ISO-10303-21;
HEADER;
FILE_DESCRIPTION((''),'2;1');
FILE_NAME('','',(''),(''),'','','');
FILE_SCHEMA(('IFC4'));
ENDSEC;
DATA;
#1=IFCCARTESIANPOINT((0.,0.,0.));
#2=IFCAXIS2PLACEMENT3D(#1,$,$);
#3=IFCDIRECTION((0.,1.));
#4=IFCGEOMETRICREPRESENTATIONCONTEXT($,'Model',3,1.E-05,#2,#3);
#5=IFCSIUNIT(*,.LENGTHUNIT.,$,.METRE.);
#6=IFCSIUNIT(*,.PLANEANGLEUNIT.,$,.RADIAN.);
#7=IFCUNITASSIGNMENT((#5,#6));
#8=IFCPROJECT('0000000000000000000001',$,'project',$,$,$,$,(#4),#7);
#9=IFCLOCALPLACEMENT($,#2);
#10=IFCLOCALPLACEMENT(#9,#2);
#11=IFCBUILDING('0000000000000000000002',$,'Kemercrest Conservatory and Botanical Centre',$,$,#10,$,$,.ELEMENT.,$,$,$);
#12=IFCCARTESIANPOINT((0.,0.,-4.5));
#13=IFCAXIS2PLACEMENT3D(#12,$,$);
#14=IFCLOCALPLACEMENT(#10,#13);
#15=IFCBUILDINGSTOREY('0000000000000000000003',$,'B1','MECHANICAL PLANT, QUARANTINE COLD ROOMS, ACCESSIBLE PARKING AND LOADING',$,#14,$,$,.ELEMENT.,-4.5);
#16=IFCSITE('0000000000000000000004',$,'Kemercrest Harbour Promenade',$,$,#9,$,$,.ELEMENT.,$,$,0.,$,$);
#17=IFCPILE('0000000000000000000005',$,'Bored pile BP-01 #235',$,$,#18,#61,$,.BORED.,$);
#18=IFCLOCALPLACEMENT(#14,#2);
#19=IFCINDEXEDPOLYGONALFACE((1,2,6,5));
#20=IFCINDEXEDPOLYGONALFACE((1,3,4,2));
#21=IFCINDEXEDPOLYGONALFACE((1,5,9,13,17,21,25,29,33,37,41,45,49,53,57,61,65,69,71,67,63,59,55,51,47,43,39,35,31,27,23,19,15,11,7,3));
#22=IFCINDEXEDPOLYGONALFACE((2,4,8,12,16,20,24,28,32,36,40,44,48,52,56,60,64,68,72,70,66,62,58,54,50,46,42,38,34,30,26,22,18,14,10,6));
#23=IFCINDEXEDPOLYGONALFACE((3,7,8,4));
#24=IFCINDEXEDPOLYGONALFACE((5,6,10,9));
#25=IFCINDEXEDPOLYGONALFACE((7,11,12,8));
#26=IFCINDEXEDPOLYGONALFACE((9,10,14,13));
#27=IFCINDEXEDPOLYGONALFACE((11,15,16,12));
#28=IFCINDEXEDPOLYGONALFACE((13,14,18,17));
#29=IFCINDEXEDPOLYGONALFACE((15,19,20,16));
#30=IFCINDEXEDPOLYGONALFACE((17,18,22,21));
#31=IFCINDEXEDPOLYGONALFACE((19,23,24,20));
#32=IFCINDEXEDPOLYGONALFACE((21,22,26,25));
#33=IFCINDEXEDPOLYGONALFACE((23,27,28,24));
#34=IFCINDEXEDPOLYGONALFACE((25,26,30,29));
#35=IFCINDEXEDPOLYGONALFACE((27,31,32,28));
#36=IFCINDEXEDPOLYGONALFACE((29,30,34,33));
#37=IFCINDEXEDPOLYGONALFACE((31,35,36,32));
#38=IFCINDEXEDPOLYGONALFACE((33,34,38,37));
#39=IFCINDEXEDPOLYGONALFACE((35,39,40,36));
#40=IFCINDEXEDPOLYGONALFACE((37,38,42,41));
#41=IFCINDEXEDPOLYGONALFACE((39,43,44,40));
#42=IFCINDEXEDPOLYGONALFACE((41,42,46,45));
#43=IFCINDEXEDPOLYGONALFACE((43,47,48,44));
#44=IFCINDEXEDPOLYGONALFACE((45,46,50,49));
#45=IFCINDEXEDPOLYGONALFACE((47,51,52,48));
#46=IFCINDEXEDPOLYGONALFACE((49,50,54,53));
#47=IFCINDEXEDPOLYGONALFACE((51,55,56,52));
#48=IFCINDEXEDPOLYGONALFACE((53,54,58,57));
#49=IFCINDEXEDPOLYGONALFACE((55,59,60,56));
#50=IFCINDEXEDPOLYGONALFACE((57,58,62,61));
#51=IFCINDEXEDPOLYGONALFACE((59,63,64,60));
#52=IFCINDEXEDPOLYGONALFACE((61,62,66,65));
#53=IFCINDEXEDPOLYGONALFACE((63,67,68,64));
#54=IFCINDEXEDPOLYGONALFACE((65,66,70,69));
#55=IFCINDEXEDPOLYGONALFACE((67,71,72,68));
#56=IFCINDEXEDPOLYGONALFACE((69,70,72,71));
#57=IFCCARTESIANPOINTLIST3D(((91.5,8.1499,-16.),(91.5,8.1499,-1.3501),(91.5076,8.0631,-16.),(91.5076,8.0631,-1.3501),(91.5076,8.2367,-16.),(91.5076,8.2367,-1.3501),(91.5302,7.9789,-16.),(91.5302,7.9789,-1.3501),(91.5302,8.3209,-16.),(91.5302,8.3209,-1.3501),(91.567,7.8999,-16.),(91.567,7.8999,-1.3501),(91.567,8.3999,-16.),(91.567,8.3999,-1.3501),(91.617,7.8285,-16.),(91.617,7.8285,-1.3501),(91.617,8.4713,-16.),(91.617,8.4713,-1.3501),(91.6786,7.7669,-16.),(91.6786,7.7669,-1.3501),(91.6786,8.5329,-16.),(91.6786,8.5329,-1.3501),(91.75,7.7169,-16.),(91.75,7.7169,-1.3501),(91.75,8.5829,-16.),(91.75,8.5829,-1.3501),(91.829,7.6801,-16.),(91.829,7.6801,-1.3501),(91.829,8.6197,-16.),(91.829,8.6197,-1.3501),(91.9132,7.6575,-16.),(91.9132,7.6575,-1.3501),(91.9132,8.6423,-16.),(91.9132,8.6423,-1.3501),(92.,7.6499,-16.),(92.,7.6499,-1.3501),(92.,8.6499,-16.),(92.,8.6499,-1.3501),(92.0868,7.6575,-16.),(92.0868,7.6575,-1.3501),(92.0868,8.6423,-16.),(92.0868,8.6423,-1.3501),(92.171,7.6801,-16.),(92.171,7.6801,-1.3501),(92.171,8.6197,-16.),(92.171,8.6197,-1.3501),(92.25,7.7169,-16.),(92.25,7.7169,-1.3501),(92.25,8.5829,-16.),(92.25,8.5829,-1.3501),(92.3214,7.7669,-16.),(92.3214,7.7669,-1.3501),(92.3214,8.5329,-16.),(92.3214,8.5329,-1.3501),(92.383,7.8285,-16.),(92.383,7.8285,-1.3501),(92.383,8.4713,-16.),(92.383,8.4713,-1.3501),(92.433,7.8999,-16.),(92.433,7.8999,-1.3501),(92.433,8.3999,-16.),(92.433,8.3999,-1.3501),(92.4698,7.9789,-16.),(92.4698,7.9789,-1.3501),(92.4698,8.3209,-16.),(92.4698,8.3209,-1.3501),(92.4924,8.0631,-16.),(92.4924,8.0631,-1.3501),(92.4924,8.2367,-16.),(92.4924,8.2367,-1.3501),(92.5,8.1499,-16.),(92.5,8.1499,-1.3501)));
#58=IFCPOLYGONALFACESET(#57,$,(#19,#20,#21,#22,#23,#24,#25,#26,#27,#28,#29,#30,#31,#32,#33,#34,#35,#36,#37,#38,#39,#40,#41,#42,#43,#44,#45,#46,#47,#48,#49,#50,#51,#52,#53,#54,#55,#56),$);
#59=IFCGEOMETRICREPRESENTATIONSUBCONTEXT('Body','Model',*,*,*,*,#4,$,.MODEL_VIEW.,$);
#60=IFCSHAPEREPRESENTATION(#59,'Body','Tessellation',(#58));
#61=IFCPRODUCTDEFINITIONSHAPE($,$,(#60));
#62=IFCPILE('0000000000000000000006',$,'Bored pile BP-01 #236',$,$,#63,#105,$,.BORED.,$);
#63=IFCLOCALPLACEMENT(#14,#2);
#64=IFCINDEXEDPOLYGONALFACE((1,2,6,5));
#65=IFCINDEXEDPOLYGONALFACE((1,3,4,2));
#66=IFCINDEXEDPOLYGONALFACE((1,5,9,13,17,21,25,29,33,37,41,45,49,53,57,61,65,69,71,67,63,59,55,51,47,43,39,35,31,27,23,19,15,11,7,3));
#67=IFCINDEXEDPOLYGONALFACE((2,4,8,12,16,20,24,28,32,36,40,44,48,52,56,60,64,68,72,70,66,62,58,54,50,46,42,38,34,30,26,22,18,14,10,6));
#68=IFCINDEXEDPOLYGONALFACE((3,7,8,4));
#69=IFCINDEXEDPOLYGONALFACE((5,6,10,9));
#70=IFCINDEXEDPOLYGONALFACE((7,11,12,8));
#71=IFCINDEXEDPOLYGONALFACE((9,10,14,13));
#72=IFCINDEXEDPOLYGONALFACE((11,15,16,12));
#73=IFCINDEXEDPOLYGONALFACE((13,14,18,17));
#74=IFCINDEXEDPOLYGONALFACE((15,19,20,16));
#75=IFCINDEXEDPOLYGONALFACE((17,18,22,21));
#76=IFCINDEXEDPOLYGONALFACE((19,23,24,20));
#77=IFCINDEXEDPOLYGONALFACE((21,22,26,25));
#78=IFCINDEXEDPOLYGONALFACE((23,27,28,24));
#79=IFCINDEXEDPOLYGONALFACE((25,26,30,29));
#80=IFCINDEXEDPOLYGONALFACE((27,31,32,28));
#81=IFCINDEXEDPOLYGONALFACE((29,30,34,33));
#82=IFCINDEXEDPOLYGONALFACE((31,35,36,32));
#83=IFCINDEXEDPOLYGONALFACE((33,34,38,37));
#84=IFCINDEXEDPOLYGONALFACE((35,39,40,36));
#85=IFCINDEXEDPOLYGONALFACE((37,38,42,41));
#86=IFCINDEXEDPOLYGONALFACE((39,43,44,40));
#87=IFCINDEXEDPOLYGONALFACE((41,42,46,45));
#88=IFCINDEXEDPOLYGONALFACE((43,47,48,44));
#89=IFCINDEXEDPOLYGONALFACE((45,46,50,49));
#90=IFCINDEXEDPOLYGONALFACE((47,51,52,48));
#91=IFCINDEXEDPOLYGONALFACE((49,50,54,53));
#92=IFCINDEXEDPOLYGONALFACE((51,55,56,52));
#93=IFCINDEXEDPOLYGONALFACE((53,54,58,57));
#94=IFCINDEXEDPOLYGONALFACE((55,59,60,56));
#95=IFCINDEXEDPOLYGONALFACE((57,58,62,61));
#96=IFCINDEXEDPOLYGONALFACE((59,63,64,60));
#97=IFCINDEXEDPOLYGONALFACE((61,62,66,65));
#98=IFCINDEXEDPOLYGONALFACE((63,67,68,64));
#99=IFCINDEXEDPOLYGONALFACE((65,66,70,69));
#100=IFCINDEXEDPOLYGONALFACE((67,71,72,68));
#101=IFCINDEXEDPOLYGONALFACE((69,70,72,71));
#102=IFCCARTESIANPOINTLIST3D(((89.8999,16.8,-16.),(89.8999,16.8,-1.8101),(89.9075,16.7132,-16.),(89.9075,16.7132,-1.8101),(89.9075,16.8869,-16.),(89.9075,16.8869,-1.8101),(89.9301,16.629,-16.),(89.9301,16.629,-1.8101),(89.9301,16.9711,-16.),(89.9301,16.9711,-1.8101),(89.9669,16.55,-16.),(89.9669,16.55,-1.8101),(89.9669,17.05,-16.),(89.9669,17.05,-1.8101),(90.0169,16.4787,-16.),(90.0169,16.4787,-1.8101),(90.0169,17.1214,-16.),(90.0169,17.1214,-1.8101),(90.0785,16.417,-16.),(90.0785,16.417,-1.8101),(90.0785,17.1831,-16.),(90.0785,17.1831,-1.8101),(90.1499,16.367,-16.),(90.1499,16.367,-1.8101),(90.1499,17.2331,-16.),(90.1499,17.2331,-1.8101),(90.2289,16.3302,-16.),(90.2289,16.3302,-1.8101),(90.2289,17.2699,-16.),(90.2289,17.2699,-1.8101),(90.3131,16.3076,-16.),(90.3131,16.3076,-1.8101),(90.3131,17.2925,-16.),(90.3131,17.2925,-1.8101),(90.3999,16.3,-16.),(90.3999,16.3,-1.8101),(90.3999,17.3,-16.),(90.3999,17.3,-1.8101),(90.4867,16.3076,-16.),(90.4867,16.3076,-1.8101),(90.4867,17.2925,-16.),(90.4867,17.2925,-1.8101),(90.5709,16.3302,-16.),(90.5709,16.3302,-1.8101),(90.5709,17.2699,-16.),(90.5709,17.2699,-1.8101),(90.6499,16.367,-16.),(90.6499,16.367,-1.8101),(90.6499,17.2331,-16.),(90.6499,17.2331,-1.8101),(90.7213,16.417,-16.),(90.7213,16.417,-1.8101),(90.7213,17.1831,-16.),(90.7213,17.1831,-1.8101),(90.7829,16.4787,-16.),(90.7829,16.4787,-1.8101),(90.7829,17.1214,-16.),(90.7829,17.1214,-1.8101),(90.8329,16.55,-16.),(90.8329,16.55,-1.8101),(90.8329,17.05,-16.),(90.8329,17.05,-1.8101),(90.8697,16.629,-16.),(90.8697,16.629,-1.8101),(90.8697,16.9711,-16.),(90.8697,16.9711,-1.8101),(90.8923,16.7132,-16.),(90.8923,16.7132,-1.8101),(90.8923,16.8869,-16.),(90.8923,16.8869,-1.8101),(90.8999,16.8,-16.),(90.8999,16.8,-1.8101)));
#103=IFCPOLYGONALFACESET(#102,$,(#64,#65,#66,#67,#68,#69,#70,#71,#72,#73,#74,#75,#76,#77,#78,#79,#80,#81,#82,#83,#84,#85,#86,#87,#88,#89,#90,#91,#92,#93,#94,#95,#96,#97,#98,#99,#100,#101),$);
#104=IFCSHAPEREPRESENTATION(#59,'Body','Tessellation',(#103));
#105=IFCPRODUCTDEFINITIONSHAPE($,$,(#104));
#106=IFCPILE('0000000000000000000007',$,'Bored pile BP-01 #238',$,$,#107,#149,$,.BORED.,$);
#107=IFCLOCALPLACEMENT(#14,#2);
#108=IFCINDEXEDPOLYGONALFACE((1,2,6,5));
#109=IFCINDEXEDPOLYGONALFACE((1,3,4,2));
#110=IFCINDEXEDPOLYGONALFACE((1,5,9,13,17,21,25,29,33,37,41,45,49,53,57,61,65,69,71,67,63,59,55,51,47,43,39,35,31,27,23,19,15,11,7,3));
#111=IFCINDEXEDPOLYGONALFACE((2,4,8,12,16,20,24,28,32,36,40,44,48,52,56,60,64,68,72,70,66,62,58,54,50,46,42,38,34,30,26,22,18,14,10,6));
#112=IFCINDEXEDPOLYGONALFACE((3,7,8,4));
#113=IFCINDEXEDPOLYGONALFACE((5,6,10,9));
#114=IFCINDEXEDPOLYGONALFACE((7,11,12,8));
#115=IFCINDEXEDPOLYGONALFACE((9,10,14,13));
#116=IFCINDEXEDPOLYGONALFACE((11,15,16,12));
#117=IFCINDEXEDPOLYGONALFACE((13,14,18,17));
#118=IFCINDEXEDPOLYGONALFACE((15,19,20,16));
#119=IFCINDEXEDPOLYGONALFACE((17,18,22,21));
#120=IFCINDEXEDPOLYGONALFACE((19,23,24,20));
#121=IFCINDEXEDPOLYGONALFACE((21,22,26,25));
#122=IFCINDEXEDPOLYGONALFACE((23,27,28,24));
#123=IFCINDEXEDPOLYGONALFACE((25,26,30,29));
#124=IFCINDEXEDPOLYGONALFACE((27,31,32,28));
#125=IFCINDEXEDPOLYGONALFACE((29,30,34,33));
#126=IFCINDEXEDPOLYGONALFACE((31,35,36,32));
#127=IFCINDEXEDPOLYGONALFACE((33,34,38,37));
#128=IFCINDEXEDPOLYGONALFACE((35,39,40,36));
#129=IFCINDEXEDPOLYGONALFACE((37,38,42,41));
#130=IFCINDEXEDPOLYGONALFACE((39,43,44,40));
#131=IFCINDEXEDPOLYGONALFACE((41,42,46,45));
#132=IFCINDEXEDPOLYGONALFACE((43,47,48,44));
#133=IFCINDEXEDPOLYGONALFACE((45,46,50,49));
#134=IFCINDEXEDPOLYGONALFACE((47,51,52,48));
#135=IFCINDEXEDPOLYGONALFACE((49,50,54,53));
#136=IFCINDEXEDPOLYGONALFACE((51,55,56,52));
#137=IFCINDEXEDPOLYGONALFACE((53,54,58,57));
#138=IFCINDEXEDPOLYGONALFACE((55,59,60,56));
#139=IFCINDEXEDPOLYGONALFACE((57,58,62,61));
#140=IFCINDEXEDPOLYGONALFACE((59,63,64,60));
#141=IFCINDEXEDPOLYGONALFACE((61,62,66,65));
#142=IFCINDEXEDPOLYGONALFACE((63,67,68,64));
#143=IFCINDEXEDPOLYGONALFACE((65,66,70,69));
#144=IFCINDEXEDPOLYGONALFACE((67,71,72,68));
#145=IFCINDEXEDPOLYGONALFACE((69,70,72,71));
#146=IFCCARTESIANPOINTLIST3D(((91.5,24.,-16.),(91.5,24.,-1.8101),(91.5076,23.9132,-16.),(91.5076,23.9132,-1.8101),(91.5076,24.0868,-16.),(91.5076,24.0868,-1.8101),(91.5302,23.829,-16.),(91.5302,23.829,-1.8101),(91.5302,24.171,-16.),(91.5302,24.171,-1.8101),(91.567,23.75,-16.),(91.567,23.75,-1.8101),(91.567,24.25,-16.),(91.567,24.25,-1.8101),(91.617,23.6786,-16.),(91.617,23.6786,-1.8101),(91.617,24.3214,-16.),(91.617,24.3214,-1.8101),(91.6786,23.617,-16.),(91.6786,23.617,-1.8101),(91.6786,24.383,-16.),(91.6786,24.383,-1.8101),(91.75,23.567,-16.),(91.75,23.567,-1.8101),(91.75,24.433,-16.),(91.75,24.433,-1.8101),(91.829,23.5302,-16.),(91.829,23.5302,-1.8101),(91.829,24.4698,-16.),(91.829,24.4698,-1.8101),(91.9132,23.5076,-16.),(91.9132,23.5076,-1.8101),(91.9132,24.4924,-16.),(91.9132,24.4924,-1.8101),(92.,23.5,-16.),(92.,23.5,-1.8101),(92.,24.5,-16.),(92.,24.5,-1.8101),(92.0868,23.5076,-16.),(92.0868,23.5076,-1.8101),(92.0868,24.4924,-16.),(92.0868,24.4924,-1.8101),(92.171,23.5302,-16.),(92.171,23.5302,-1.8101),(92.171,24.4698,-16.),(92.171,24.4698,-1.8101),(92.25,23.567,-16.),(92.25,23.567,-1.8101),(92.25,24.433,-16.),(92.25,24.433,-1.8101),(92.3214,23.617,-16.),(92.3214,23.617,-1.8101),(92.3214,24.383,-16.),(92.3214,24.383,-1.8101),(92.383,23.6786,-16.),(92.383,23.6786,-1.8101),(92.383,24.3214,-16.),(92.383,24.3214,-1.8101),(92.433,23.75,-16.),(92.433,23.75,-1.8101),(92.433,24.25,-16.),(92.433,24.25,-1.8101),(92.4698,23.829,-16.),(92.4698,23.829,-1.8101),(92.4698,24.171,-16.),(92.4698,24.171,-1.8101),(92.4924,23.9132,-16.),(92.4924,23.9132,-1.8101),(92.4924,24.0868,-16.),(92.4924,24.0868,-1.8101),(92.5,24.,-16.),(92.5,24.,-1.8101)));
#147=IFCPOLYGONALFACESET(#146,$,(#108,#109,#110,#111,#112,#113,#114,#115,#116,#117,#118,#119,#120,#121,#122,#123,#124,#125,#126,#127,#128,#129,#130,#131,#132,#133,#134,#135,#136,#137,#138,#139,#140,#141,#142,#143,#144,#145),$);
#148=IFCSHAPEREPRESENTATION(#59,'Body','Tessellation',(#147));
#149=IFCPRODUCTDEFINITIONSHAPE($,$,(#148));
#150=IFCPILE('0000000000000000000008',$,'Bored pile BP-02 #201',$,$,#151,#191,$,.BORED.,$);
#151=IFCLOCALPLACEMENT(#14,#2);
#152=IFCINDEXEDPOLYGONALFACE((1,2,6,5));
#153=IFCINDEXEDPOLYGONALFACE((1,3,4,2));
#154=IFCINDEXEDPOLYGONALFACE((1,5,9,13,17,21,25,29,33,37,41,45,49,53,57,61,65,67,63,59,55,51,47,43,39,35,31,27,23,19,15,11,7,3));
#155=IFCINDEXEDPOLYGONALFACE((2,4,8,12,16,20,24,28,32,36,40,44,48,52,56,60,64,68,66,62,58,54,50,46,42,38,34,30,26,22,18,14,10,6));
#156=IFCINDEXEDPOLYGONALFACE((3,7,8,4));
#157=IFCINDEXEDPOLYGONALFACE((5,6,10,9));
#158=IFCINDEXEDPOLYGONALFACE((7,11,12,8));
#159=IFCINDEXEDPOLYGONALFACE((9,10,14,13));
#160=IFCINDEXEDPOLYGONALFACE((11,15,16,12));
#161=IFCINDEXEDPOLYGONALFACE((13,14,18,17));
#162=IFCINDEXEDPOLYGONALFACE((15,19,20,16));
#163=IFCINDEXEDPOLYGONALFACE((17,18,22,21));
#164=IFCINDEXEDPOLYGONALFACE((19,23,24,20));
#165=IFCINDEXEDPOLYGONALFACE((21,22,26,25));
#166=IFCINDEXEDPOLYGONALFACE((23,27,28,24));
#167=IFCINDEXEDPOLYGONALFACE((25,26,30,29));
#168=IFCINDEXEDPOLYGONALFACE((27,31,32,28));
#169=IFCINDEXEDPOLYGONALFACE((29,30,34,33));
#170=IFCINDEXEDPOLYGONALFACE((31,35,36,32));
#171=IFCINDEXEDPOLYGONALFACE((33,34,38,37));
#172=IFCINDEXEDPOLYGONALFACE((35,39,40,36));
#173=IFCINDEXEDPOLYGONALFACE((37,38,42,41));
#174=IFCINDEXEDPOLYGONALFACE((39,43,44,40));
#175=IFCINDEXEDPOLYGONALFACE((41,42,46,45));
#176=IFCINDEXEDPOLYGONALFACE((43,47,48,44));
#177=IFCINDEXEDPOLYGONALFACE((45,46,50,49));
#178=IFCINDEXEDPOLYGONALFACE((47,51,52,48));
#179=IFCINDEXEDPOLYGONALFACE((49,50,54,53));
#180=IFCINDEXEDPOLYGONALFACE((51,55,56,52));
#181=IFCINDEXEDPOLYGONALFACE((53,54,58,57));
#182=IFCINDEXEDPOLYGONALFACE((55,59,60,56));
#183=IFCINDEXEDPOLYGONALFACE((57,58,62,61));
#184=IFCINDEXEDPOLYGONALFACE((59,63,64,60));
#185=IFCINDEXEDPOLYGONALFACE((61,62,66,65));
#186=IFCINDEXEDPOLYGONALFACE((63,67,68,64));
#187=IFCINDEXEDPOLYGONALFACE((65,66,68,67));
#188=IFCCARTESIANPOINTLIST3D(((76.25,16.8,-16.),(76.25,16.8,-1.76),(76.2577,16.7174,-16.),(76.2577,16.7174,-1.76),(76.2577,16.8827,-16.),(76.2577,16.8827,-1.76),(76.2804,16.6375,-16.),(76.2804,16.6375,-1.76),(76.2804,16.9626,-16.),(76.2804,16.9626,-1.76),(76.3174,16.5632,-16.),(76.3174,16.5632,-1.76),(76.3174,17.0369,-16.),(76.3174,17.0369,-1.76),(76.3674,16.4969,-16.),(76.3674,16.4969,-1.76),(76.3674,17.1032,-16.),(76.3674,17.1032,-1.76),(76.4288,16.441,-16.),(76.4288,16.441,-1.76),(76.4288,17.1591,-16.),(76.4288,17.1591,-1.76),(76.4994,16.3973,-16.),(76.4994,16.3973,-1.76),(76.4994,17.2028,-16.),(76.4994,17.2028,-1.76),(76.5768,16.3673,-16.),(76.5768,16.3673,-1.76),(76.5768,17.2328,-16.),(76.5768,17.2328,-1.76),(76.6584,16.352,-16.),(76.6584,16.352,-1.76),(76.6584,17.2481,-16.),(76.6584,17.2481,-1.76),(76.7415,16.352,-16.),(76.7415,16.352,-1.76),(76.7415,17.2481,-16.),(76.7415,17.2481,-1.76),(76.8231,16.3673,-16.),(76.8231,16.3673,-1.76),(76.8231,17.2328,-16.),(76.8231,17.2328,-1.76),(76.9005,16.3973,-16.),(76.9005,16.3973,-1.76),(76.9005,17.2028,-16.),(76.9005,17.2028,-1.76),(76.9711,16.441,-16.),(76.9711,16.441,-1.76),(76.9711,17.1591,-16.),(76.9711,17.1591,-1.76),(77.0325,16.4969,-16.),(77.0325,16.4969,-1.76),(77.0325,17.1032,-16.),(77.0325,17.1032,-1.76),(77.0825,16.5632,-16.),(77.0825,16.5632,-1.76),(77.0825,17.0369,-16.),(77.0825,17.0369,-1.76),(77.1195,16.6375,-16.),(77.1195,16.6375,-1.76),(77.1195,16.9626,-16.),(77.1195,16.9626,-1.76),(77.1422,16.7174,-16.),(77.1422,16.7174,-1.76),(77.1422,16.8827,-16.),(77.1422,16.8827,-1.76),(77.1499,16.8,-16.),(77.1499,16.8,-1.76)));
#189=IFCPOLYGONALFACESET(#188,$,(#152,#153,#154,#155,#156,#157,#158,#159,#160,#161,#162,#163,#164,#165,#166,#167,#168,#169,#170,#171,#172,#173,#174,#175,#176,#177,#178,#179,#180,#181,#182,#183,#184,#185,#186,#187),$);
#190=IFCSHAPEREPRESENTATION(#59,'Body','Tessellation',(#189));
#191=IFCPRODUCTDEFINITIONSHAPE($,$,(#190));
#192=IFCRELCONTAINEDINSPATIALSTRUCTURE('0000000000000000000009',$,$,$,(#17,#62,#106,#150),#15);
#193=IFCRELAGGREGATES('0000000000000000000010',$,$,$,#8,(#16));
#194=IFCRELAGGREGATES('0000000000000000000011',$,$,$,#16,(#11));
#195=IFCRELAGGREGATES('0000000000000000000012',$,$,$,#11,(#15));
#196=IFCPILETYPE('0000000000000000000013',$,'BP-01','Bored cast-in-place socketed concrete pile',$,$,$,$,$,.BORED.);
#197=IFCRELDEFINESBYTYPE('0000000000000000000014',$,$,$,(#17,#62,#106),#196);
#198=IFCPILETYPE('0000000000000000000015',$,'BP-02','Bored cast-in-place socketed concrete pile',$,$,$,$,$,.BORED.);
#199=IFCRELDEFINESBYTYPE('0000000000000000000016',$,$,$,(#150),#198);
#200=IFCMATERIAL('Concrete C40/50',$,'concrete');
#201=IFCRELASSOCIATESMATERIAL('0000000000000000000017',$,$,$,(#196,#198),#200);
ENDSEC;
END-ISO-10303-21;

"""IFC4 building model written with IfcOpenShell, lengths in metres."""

from ifc_helpers import new_model, si_unit, direction, frame, origin, origin_2d, place, context, subcontext, project, spatial, circle, extrude, material, material_profile, profile_set, type_object, element, save


model = new_model("IFC4")

# Units and contexts
model_context = context("Model", 3, precision=1e-05, world=origin(), true_north=direction((0.0, 1.0)))
body_context = subcontext(model_context, "Body", "Model", "MODEL_VIEW")
ifc_project = project(units=[si_unit("LENGTHUNIT", "METRE"), si_unit("PLANEANGLEUNIT", "RADIAN")], contexts=[model_context])

# Site, building, storey
site_placement = place(None, origin())
site = spatial("IfcSite", under=ifc_project, at=site_placement, Name="Kemercrest Harbour Promenade", CompositionType="ELEMENT", RefElevation=0.0)
building_placement = place(site_placement, origin())
building = spatial("IfcBuilding", under=site, at=building_placement, Name="Kemercrest Conservatory and Botanical Centre", CompositionType="ELEMENT")
storey_placement = place(building_placement, frame((0.0, 0.0, -4.5)))
storey = spatial("IfcBuildingStorey", under=building, at=storey_placement, Name="B1", Description="MECHANICAL PLANT, QUARANTINE COLD ROOMS, ACCESSIBLE PARKING AND LOADING", CompositionType="ELEMENT", Elevation=-4.5)

# Piles
ifc_material_1 = material(Name="Concrete C40/50", Category="concrete")
ifc_material_profile_1 = material_profile(ifc_material_1, circle(Radius=0.5, at=origin_2d()), Name="BORED PILE 1000")
ifc_profile_set_1 = profile_set([ifc_material_profile_1], Name="Concrete C40/50")
pile_type_1 = type_object("IfcPileType", Name="BP-01", Description="Bored cast-in-place socketed concrete pile", PredefinedType="BORED", material=ifc_profile_set_1)
pile_placement = place(storey_placement, frame((92.0, 8.1499, -1.3501), z_axis=(0.0, 0.0, -1.0), x_axis=(1.0, 0.0, 0.0)))
element("IfcPile", 1, at=pile_placement, inside=storey, type_object=pile_type_1, Name="Bored pile BP-01 #235", PredefinedType="BORED", context=body_context, shape_type="SweptSolid", body=[
    extrude(circle(Radius=0.5, at=origin_2d()), origin(), (0.0, 0.0, 1.0), 14.6499),
])
for number, where, z_axis, x_axis, name in (
    (2, (90.3999, 16.8, -1.8101), (0.0, 0.0, -1.0), (1.0, 0.0, 0.0), "Bored pile BP-01 #236"),
    (3, (92.0, 24.0, -1.8101), (0.0, 0.0, -1.0), (1.0, 0.0, 0.0), "Bored pile BP-01 #238"),
):
    element("IfcPile", number, at=place(storey_placement, frame(where, z_axis=z_axis, x_axis=x_axis)), inside=storey, type_object=pile_type_1, Name=name, PredefinedType="BORED", context=body_context, shape_type="SweptSolid", body=[
        extrude(circle(Radius=0.5, at=origin_2d()), origin(), (0.0, 0.0, 1.0), 14.1899),
    ])
ifc_material_profile_2 = material_profile(ifc_material_1, circle(Radius=0.45, at=origin_2d()), Name="BORED PILE 900")
ifc_profile_set_2 = profile_set([ifc_material_profile_2], Name="Concrete C40/50")
pile_type_2 = type_object("IfcPileType", Name="BP-02", Description="Bored cast-in-place socketed concrete pile", PredefinedType="BORED", material=ifc_profile_set_2)
for number, where, z_axis, x_axis, name in (
    (4, (76.7, 16.8, -1.76), (0.0, 0.0, -1.0), (1.0, 0.0, 0.0), "Bored pile BP-02 #201"),
):
    element("IfcPile", number, at=place(storey_placement, frame(where, z_axis=z_axis, x_axis=x_axis)), inside=storey, type_object=pile_type_2, Name=name, PredefinedType="BORED", context=body_context, shape_type="SweptSolid", body=[
        extrude(circle(Radius=0.45, at=origin_2d()), origin(), (0.0, 0.0, 1.0), 14.24),
    ])

save(model, "model.ifc")
